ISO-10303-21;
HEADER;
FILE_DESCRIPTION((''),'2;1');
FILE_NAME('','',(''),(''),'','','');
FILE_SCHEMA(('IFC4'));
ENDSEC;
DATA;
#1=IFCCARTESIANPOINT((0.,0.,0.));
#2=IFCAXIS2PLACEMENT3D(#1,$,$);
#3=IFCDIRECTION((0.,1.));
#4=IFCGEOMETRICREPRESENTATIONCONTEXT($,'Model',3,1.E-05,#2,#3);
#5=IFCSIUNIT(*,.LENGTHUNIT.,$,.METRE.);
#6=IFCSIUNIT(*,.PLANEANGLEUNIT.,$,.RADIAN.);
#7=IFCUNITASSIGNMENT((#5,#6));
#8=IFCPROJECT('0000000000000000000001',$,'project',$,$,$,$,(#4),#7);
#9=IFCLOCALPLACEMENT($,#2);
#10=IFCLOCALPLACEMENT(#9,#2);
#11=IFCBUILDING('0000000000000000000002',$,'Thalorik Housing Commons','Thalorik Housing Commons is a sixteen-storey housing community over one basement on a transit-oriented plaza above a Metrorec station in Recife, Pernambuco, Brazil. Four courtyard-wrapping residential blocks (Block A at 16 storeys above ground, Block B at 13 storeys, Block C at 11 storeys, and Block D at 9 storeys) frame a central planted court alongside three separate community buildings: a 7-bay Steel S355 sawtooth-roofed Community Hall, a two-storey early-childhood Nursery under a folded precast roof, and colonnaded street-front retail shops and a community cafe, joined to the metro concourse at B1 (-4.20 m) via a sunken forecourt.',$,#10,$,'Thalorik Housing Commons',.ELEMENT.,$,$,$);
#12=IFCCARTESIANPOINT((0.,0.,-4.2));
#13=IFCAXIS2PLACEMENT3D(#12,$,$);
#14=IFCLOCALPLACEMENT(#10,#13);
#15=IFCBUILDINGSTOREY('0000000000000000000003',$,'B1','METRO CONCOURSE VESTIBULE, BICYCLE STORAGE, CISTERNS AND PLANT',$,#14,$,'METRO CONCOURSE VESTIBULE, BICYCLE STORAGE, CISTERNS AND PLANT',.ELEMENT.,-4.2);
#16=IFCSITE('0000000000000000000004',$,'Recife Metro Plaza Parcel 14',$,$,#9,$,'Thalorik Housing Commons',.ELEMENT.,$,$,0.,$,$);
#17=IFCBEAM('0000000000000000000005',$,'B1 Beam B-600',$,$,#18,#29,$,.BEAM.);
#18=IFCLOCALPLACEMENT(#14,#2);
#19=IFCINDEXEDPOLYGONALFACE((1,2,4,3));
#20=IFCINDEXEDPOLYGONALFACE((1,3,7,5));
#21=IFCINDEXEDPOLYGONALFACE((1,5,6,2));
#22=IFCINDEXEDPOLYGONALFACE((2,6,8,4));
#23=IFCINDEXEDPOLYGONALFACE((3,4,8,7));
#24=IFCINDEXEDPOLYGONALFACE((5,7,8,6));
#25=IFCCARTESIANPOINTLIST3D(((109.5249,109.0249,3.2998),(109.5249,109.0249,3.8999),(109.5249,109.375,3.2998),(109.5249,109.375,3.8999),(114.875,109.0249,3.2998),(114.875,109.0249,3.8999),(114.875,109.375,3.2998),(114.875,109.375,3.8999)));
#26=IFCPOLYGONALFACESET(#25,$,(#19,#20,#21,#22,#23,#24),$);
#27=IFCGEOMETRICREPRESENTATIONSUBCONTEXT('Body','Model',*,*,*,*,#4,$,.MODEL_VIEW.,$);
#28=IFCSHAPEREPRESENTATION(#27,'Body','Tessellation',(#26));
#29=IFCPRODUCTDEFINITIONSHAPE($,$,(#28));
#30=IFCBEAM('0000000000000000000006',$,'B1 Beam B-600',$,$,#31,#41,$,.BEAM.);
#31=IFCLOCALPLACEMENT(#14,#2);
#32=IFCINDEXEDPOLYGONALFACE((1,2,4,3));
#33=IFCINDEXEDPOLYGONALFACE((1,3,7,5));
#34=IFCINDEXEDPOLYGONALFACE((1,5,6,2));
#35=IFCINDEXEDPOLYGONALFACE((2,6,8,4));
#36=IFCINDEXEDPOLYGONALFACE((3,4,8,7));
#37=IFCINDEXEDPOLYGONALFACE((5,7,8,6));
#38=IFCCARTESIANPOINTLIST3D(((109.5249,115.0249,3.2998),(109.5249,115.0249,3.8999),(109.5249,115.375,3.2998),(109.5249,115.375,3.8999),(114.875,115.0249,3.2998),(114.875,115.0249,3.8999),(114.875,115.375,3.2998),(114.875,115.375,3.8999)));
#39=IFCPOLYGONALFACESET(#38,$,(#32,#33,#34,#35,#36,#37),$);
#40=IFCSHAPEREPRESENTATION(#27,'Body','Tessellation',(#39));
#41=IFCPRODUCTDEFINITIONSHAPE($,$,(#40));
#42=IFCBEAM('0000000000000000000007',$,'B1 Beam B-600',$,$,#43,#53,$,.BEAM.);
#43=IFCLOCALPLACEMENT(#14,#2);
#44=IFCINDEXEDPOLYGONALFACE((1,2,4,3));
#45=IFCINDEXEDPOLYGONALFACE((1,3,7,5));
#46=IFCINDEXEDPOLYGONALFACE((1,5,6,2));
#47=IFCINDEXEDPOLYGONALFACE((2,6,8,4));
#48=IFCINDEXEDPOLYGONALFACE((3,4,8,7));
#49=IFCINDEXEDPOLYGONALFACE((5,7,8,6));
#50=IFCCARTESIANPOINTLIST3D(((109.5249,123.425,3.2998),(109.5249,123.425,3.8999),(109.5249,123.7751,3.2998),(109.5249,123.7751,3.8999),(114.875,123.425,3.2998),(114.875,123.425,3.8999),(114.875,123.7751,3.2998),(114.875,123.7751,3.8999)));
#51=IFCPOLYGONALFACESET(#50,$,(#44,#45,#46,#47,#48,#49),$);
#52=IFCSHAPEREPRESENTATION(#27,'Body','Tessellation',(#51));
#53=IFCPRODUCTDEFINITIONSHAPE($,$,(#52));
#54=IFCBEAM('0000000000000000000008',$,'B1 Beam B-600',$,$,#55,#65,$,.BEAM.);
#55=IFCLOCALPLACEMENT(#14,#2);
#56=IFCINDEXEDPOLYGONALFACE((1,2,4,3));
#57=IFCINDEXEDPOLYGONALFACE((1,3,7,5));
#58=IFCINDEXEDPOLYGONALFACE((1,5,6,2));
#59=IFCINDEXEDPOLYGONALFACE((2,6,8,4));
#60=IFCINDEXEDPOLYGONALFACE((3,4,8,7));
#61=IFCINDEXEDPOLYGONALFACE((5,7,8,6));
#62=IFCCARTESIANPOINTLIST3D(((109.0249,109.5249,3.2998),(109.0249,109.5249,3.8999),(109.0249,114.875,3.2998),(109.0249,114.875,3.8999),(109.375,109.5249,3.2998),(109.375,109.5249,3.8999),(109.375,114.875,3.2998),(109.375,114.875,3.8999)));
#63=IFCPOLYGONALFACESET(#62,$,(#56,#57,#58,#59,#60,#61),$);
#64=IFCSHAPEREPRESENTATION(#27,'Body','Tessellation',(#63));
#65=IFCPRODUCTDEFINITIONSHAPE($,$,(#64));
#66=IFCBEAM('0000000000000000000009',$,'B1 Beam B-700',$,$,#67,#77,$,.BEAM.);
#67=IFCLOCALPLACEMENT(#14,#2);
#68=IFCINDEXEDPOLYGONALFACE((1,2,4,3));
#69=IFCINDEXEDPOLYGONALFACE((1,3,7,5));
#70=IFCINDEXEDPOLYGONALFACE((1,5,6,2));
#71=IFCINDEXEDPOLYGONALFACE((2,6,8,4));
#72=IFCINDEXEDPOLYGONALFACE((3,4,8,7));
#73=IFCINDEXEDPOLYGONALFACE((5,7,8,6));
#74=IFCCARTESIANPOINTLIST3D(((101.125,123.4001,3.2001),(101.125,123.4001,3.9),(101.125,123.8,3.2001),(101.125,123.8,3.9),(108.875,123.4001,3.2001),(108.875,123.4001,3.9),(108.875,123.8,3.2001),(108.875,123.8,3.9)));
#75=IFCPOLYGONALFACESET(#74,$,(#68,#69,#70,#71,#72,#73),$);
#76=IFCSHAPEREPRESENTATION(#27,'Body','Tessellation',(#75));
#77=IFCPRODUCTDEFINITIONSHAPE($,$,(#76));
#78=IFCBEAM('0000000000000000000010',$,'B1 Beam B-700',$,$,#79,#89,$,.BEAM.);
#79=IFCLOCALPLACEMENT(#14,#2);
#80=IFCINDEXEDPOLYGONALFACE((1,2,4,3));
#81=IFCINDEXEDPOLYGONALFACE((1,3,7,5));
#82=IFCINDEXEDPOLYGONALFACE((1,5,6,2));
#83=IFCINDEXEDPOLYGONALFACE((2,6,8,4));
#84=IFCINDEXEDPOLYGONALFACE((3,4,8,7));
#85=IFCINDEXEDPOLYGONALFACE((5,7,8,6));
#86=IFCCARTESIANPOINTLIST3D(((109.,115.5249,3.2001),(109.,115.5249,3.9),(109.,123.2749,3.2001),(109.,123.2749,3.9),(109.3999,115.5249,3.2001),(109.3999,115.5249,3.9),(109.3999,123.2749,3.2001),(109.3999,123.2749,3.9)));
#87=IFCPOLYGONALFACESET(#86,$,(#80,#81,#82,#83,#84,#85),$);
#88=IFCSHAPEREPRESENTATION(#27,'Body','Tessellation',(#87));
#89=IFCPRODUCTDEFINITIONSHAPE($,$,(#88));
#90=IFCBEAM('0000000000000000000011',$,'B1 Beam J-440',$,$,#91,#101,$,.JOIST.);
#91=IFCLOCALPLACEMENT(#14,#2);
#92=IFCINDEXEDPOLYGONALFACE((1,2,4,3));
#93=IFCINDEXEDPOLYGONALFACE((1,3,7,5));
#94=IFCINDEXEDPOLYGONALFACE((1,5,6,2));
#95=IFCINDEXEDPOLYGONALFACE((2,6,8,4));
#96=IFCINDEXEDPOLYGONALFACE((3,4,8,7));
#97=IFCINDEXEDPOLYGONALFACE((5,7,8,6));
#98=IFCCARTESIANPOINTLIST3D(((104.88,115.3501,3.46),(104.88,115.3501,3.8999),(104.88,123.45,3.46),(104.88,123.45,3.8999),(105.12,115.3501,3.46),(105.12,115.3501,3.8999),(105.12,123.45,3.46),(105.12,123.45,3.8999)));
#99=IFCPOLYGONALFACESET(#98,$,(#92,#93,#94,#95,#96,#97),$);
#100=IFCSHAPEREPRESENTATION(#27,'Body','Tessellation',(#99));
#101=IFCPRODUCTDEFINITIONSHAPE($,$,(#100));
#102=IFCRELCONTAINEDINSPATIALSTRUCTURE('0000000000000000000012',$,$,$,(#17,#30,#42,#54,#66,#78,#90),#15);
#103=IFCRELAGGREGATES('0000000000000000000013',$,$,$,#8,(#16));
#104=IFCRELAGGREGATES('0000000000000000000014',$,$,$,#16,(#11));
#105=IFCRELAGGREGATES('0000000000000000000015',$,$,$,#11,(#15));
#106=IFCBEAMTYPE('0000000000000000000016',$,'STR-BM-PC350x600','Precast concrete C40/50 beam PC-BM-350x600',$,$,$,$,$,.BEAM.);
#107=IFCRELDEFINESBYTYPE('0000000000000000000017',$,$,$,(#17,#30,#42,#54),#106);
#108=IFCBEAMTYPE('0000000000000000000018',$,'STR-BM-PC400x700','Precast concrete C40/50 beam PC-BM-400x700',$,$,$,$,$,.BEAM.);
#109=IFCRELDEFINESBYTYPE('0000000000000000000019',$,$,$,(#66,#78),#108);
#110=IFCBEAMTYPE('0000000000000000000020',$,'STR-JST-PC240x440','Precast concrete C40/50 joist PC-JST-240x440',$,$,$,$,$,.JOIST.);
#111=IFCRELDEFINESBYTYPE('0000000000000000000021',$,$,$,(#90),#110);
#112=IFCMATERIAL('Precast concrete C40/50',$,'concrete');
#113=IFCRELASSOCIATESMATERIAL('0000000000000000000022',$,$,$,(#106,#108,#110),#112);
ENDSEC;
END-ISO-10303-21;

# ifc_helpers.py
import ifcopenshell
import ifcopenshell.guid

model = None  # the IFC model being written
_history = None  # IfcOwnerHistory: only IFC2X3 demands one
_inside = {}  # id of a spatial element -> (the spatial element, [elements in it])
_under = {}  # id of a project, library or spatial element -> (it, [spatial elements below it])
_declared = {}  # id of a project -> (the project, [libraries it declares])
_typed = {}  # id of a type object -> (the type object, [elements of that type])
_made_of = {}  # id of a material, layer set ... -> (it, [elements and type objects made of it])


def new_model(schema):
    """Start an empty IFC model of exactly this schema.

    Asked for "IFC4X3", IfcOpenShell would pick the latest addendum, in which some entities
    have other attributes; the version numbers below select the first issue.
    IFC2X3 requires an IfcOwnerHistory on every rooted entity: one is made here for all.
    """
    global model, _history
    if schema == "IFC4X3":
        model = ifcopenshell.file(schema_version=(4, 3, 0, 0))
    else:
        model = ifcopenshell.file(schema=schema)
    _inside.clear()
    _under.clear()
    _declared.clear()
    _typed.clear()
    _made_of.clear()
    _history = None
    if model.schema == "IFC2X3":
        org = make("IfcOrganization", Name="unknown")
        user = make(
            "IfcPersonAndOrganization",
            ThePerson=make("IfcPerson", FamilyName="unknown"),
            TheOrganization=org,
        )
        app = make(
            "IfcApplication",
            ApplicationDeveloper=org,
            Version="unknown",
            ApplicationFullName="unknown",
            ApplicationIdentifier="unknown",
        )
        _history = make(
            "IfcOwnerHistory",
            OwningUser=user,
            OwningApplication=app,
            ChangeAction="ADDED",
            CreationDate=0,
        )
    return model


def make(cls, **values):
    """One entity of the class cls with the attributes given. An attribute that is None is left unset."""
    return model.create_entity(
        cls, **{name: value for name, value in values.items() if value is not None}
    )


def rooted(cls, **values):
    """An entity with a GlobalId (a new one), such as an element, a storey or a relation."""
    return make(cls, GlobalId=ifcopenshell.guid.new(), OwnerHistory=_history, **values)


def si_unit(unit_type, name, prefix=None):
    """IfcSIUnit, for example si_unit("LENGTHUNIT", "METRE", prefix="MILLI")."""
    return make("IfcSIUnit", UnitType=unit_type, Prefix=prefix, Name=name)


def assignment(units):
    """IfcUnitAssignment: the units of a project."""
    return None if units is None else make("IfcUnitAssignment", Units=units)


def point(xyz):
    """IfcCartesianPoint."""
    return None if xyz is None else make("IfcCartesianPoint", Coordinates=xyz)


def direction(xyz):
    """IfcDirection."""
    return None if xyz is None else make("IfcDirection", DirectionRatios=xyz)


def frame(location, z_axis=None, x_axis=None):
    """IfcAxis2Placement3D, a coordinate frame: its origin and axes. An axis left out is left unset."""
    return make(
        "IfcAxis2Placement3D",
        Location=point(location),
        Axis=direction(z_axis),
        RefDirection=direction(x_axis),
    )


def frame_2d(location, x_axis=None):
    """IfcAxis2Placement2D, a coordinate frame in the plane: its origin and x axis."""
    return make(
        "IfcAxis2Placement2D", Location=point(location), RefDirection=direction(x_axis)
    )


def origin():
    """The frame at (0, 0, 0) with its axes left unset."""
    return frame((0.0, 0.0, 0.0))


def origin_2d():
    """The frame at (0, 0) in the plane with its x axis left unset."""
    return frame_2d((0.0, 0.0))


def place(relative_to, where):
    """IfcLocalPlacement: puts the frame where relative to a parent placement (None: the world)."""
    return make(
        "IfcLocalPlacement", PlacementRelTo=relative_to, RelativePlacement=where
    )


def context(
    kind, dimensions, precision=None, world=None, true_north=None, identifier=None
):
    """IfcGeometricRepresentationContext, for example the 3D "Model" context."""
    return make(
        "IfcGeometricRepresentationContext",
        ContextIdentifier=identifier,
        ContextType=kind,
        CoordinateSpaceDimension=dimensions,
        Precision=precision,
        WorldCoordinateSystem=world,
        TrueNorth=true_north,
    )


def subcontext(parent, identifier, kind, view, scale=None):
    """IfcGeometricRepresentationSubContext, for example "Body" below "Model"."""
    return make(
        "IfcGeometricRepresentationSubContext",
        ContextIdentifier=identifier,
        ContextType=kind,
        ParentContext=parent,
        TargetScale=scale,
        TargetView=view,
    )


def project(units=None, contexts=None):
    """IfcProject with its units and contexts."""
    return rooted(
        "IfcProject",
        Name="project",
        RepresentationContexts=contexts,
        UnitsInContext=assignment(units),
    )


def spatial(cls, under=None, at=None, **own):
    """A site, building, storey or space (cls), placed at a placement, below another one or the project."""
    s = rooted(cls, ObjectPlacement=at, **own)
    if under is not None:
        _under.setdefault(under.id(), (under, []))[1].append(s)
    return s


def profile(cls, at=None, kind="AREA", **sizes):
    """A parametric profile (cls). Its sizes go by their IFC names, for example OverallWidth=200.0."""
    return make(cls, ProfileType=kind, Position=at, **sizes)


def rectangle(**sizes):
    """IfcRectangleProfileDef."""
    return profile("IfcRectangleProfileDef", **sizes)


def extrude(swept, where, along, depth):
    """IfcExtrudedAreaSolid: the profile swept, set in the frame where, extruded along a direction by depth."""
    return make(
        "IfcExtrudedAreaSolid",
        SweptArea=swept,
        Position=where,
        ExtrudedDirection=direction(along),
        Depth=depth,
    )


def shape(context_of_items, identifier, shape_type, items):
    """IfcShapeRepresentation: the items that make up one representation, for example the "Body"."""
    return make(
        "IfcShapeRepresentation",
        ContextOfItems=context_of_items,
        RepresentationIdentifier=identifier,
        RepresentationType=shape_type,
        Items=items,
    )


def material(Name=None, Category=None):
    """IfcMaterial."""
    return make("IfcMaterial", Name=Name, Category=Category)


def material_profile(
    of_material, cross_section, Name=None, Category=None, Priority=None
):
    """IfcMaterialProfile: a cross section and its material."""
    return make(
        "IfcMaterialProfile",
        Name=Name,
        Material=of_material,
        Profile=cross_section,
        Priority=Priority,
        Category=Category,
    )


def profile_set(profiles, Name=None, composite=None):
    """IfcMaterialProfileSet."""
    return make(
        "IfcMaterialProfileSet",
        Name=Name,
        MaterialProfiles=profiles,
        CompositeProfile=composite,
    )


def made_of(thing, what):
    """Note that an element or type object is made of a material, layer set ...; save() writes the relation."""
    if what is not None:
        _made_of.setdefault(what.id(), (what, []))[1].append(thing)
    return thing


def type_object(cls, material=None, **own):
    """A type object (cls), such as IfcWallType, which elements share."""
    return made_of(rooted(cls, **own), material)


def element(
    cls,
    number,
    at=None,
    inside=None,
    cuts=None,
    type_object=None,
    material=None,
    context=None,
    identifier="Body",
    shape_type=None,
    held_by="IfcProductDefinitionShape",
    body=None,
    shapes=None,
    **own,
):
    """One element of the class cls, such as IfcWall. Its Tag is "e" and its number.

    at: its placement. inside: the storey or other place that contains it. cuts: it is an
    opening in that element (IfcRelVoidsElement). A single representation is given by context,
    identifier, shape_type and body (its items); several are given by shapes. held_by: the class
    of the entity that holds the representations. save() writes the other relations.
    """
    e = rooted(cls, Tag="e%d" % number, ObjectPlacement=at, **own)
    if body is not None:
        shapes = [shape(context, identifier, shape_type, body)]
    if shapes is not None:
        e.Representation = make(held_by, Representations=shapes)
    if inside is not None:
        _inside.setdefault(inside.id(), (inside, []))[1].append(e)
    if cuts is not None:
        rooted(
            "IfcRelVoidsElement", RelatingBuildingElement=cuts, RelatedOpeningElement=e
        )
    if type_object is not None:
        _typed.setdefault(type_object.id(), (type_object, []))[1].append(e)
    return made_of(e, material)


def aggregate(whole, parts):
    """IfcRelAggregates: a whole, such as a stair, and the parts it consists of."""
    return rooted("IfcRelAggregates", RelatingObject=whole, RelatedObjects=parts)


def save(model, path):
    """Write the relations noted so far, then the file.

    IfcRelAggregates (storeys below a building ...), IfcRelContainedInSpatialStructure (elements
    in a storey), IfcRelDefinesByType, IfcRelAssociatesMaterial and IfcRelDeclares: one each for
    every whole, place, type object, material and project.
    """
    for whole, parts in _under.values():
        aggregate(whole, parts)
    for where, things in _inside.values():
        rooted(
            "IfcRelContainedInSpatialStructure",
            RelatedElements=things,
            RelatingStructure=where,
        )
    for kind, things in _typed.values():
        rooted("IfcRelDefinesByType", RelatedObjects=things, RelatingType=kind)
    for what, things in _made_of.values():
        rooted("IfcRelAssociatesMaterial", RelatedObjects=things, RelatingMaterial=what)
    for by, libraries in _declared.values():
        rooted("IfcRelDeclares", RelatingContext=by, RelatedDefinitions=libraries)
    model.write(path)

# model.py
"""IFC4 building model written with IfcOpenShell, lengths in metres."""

from ifc_helpers import new_model, si_unit, direction, frame, origin, origin_2d, place, context, subcontext, project, spatial, rectangle, extrude, material, material_profile, profile_set, type_object, element, save


model = new_model("IFC4")

# Units and contexts
model_context = context("Model", 3, precision=1e-05, world=origin(), true_north=direction((0.0, 1.0)))
body_context = subcontext(model_context, "Body", "Model", "MODEL_VIEW")
ifc_project = project(units=[si_unit("LENGTHUNIT", "METRE"), si_unit("PLANEANGLEUNIT", "RADIAN")], contexts=[model_context])

# Site, building, storey
site_placement = place(None, origin())
site = spatial("IfcSite", under=ifc_project, at=site_placement, Name="Recife Metro Plaza Parcel 14", LongName="Thalorik Housing Commons", CompositionType="ELEMENT", RefElevation=0.0)
building_placement = place(site_placement, origin())
building = spatial("IfcBuilding", under=site, at=building_placement, Name="Thalorik Housing Commons", Description="Thalorik Housing Commons is a sixteen-storey housing community over one basement on a transit-oriented plaza above a Metrorec station in Recife, Pernambuco, Brazil. Four courtyard-wrapping residential blocks (Block A at 16 storeys above ground, Block B at 13 storeys, Block C at 11 storeys, and Block D at 9 storeys) frame a central planted court alongside three separate community buildings: a 7-bay Steel S355 sawtooth-roofed Community Hall, a two-storey early-childhood Nursery under a folded precast roof, and colonnaded street-front retail shops and a community cafe, joined to the metro concourse at B1 (-4.20 m) via a sunken forecourt.", LongName="Thalorik Housing Commons", CompositionType="ELEMENT")
storey_placement = place(building_placement, frame((0.0, 0.0, -4.2)))
storey = spatial("IfcBuildingStorey", under=building, at=storey_placement, Name="B1", Description="METRO CONCOURSE VESTIBULE, BICYCLE STORAGE, CISTERNS AND PLANT", LongName="METRO CONCOURSE VESTIBULE, BICYCLE STORAGE, CISTERNS AND PLANT", CompositionType="ELEMENT", Elevation=-4.2)

# Shared definitions
ifc_material_1 = material(Name="Precast concrete C40/50", Category="concrete")

# Beams
ifc_material_profile_1 = material_profile(ifc_material_1, rectangle(XDim=0.3501, YDim=0.6001, at=origin_2d()), Name="PC 350x600", Category="concrete")
ifc_profile_set_1 = profile_set([ifc_material_profile_1], Name="Precast concrete C40/50")
beam_type_1 = type_object("IfcBeamType", Name="STR-BM-PC350x600", Description="Precast concrete C40/50 beam PC-BM-350x600", PredefinedType="BEAM", material=ifc_profile_set_1)
for number, where, z_axis, x_axis, name in (
    (1, (109.5249, 109.2, 3.5999), (1.0, 0.0, 0.0), (0.0, 1.0, 0.0), "B1 Beam B-600"),
    (2, (109.5249, 115.2, 3.5999), (1.0, 0.0, 0.0), (0.0, 1.0, 0.0), "B1 Beam B-600"),
    (3, (109.5249, 123.6001, 3.5999), (1.0, 0.0, 0.0), (0.0, 1.0, 0.0), "B1 Beam B-600"),
    (4, (109.2, 109.5249, 3.5999), (0.0, 1.0, 0.0), (-1.0, 0.0, 0.0), "B1 Beam B-600"),
):
    element("IfcBeam", number, at=place(storey_placement, frame(where, z_axis=z_axis, x_axis=x_axis)), inside=storey, type_object=beam_type_1, Name=name, PredefinedType="BEAM", context=body_context, shape_type="SweptSolid", body=[
        extrude(rectangle(XDim=0.3501, YDim=0.6001, at=origin_2d()), origin(), (0.0, 0.0, 1.0), 5.3501),
    ])
ifc_material_profile_2 = material_profile(ifc_material_1, rectangle(XDim=0.3999, YDim=0.7, at=origin_2d()), Name="PC 400x700", Category="concrete")
ifc_profile_set_2 = profile_set([ifc_material_profile_2], Name="Precast concrete C40/50")
beam_type_2 = type_object("IfcBeamType", Name="STR-BM-PC400x700", Description="Precast concrete C40/50 beam PC-BM-400x700", PredefinedType="BEAM", material=ifc_profile_set_2)
for number, where, z_axis, x_axis, name in (
    (5, (101.125, 123.6001, 3.55), (1.0, 0.0, 0.0), (0.0, 1.0, 0.0), "B1 Beam B-700"),
    (6, (109.2, 115.5249, 3.55), (0.0, 1.0, 0.0), (-1.0, 0.0, 0.0), "B1 Beam B-700"),
):
    element("IfcBeam", number, at=place(storey_placement, frame(where, z_axis=z_axis, x_axis=x_axis)), inside=storey, type_object=beam_type_2, Name=name, PredefinedType="BEAM", context=body_context, shape_type="SweptSolid", body=[
        extrude(rectangle(XDim=0.3999, YDim=0.7, at=origin_2d()), origin(), (0.0, 0.0, 1.0), 7.75),
    ])
ifc_material_profile_3 = material_profile(ifc_material_1, rectangle(XDim=0.24, YDim=0.4399, at=origin_2d()), Name="PC JST 240x440", Category="concrete")
ifc_profile_set_3 = profile_set([ifc_material_profile_3], Name="Precast concrete C40/50")
beam_type_3 = type_object("IfcBeamType", Name="STR-JST-PC240x440", Description="Precast concrete C40/50 joist PC-JST-240x440", PredefinedType="JOIST", material=ifc_profile_set_3)
beam_placement = place(storey_placement, frame((105.0, 115.3501, 3.6799), z_axis=(0.0, 1.0, 0.0), x_axis=(-1.0, 0.0, 0.0)))
element("IfcBeam", 7, at=beam_placement, inside=storey, type_object=beam_type_3, Name="B1 Beam J-440", PredefinedType="JOIST", context=body_context, shape_type="SweptSolid", body=[
    extrude(rectangle(XDim=0.24, YDim=0.4399, at=origin_2d()), origin(), (0.0, 0.0, 1.0), 8.0999),
])

save(model, "model.ifc")
